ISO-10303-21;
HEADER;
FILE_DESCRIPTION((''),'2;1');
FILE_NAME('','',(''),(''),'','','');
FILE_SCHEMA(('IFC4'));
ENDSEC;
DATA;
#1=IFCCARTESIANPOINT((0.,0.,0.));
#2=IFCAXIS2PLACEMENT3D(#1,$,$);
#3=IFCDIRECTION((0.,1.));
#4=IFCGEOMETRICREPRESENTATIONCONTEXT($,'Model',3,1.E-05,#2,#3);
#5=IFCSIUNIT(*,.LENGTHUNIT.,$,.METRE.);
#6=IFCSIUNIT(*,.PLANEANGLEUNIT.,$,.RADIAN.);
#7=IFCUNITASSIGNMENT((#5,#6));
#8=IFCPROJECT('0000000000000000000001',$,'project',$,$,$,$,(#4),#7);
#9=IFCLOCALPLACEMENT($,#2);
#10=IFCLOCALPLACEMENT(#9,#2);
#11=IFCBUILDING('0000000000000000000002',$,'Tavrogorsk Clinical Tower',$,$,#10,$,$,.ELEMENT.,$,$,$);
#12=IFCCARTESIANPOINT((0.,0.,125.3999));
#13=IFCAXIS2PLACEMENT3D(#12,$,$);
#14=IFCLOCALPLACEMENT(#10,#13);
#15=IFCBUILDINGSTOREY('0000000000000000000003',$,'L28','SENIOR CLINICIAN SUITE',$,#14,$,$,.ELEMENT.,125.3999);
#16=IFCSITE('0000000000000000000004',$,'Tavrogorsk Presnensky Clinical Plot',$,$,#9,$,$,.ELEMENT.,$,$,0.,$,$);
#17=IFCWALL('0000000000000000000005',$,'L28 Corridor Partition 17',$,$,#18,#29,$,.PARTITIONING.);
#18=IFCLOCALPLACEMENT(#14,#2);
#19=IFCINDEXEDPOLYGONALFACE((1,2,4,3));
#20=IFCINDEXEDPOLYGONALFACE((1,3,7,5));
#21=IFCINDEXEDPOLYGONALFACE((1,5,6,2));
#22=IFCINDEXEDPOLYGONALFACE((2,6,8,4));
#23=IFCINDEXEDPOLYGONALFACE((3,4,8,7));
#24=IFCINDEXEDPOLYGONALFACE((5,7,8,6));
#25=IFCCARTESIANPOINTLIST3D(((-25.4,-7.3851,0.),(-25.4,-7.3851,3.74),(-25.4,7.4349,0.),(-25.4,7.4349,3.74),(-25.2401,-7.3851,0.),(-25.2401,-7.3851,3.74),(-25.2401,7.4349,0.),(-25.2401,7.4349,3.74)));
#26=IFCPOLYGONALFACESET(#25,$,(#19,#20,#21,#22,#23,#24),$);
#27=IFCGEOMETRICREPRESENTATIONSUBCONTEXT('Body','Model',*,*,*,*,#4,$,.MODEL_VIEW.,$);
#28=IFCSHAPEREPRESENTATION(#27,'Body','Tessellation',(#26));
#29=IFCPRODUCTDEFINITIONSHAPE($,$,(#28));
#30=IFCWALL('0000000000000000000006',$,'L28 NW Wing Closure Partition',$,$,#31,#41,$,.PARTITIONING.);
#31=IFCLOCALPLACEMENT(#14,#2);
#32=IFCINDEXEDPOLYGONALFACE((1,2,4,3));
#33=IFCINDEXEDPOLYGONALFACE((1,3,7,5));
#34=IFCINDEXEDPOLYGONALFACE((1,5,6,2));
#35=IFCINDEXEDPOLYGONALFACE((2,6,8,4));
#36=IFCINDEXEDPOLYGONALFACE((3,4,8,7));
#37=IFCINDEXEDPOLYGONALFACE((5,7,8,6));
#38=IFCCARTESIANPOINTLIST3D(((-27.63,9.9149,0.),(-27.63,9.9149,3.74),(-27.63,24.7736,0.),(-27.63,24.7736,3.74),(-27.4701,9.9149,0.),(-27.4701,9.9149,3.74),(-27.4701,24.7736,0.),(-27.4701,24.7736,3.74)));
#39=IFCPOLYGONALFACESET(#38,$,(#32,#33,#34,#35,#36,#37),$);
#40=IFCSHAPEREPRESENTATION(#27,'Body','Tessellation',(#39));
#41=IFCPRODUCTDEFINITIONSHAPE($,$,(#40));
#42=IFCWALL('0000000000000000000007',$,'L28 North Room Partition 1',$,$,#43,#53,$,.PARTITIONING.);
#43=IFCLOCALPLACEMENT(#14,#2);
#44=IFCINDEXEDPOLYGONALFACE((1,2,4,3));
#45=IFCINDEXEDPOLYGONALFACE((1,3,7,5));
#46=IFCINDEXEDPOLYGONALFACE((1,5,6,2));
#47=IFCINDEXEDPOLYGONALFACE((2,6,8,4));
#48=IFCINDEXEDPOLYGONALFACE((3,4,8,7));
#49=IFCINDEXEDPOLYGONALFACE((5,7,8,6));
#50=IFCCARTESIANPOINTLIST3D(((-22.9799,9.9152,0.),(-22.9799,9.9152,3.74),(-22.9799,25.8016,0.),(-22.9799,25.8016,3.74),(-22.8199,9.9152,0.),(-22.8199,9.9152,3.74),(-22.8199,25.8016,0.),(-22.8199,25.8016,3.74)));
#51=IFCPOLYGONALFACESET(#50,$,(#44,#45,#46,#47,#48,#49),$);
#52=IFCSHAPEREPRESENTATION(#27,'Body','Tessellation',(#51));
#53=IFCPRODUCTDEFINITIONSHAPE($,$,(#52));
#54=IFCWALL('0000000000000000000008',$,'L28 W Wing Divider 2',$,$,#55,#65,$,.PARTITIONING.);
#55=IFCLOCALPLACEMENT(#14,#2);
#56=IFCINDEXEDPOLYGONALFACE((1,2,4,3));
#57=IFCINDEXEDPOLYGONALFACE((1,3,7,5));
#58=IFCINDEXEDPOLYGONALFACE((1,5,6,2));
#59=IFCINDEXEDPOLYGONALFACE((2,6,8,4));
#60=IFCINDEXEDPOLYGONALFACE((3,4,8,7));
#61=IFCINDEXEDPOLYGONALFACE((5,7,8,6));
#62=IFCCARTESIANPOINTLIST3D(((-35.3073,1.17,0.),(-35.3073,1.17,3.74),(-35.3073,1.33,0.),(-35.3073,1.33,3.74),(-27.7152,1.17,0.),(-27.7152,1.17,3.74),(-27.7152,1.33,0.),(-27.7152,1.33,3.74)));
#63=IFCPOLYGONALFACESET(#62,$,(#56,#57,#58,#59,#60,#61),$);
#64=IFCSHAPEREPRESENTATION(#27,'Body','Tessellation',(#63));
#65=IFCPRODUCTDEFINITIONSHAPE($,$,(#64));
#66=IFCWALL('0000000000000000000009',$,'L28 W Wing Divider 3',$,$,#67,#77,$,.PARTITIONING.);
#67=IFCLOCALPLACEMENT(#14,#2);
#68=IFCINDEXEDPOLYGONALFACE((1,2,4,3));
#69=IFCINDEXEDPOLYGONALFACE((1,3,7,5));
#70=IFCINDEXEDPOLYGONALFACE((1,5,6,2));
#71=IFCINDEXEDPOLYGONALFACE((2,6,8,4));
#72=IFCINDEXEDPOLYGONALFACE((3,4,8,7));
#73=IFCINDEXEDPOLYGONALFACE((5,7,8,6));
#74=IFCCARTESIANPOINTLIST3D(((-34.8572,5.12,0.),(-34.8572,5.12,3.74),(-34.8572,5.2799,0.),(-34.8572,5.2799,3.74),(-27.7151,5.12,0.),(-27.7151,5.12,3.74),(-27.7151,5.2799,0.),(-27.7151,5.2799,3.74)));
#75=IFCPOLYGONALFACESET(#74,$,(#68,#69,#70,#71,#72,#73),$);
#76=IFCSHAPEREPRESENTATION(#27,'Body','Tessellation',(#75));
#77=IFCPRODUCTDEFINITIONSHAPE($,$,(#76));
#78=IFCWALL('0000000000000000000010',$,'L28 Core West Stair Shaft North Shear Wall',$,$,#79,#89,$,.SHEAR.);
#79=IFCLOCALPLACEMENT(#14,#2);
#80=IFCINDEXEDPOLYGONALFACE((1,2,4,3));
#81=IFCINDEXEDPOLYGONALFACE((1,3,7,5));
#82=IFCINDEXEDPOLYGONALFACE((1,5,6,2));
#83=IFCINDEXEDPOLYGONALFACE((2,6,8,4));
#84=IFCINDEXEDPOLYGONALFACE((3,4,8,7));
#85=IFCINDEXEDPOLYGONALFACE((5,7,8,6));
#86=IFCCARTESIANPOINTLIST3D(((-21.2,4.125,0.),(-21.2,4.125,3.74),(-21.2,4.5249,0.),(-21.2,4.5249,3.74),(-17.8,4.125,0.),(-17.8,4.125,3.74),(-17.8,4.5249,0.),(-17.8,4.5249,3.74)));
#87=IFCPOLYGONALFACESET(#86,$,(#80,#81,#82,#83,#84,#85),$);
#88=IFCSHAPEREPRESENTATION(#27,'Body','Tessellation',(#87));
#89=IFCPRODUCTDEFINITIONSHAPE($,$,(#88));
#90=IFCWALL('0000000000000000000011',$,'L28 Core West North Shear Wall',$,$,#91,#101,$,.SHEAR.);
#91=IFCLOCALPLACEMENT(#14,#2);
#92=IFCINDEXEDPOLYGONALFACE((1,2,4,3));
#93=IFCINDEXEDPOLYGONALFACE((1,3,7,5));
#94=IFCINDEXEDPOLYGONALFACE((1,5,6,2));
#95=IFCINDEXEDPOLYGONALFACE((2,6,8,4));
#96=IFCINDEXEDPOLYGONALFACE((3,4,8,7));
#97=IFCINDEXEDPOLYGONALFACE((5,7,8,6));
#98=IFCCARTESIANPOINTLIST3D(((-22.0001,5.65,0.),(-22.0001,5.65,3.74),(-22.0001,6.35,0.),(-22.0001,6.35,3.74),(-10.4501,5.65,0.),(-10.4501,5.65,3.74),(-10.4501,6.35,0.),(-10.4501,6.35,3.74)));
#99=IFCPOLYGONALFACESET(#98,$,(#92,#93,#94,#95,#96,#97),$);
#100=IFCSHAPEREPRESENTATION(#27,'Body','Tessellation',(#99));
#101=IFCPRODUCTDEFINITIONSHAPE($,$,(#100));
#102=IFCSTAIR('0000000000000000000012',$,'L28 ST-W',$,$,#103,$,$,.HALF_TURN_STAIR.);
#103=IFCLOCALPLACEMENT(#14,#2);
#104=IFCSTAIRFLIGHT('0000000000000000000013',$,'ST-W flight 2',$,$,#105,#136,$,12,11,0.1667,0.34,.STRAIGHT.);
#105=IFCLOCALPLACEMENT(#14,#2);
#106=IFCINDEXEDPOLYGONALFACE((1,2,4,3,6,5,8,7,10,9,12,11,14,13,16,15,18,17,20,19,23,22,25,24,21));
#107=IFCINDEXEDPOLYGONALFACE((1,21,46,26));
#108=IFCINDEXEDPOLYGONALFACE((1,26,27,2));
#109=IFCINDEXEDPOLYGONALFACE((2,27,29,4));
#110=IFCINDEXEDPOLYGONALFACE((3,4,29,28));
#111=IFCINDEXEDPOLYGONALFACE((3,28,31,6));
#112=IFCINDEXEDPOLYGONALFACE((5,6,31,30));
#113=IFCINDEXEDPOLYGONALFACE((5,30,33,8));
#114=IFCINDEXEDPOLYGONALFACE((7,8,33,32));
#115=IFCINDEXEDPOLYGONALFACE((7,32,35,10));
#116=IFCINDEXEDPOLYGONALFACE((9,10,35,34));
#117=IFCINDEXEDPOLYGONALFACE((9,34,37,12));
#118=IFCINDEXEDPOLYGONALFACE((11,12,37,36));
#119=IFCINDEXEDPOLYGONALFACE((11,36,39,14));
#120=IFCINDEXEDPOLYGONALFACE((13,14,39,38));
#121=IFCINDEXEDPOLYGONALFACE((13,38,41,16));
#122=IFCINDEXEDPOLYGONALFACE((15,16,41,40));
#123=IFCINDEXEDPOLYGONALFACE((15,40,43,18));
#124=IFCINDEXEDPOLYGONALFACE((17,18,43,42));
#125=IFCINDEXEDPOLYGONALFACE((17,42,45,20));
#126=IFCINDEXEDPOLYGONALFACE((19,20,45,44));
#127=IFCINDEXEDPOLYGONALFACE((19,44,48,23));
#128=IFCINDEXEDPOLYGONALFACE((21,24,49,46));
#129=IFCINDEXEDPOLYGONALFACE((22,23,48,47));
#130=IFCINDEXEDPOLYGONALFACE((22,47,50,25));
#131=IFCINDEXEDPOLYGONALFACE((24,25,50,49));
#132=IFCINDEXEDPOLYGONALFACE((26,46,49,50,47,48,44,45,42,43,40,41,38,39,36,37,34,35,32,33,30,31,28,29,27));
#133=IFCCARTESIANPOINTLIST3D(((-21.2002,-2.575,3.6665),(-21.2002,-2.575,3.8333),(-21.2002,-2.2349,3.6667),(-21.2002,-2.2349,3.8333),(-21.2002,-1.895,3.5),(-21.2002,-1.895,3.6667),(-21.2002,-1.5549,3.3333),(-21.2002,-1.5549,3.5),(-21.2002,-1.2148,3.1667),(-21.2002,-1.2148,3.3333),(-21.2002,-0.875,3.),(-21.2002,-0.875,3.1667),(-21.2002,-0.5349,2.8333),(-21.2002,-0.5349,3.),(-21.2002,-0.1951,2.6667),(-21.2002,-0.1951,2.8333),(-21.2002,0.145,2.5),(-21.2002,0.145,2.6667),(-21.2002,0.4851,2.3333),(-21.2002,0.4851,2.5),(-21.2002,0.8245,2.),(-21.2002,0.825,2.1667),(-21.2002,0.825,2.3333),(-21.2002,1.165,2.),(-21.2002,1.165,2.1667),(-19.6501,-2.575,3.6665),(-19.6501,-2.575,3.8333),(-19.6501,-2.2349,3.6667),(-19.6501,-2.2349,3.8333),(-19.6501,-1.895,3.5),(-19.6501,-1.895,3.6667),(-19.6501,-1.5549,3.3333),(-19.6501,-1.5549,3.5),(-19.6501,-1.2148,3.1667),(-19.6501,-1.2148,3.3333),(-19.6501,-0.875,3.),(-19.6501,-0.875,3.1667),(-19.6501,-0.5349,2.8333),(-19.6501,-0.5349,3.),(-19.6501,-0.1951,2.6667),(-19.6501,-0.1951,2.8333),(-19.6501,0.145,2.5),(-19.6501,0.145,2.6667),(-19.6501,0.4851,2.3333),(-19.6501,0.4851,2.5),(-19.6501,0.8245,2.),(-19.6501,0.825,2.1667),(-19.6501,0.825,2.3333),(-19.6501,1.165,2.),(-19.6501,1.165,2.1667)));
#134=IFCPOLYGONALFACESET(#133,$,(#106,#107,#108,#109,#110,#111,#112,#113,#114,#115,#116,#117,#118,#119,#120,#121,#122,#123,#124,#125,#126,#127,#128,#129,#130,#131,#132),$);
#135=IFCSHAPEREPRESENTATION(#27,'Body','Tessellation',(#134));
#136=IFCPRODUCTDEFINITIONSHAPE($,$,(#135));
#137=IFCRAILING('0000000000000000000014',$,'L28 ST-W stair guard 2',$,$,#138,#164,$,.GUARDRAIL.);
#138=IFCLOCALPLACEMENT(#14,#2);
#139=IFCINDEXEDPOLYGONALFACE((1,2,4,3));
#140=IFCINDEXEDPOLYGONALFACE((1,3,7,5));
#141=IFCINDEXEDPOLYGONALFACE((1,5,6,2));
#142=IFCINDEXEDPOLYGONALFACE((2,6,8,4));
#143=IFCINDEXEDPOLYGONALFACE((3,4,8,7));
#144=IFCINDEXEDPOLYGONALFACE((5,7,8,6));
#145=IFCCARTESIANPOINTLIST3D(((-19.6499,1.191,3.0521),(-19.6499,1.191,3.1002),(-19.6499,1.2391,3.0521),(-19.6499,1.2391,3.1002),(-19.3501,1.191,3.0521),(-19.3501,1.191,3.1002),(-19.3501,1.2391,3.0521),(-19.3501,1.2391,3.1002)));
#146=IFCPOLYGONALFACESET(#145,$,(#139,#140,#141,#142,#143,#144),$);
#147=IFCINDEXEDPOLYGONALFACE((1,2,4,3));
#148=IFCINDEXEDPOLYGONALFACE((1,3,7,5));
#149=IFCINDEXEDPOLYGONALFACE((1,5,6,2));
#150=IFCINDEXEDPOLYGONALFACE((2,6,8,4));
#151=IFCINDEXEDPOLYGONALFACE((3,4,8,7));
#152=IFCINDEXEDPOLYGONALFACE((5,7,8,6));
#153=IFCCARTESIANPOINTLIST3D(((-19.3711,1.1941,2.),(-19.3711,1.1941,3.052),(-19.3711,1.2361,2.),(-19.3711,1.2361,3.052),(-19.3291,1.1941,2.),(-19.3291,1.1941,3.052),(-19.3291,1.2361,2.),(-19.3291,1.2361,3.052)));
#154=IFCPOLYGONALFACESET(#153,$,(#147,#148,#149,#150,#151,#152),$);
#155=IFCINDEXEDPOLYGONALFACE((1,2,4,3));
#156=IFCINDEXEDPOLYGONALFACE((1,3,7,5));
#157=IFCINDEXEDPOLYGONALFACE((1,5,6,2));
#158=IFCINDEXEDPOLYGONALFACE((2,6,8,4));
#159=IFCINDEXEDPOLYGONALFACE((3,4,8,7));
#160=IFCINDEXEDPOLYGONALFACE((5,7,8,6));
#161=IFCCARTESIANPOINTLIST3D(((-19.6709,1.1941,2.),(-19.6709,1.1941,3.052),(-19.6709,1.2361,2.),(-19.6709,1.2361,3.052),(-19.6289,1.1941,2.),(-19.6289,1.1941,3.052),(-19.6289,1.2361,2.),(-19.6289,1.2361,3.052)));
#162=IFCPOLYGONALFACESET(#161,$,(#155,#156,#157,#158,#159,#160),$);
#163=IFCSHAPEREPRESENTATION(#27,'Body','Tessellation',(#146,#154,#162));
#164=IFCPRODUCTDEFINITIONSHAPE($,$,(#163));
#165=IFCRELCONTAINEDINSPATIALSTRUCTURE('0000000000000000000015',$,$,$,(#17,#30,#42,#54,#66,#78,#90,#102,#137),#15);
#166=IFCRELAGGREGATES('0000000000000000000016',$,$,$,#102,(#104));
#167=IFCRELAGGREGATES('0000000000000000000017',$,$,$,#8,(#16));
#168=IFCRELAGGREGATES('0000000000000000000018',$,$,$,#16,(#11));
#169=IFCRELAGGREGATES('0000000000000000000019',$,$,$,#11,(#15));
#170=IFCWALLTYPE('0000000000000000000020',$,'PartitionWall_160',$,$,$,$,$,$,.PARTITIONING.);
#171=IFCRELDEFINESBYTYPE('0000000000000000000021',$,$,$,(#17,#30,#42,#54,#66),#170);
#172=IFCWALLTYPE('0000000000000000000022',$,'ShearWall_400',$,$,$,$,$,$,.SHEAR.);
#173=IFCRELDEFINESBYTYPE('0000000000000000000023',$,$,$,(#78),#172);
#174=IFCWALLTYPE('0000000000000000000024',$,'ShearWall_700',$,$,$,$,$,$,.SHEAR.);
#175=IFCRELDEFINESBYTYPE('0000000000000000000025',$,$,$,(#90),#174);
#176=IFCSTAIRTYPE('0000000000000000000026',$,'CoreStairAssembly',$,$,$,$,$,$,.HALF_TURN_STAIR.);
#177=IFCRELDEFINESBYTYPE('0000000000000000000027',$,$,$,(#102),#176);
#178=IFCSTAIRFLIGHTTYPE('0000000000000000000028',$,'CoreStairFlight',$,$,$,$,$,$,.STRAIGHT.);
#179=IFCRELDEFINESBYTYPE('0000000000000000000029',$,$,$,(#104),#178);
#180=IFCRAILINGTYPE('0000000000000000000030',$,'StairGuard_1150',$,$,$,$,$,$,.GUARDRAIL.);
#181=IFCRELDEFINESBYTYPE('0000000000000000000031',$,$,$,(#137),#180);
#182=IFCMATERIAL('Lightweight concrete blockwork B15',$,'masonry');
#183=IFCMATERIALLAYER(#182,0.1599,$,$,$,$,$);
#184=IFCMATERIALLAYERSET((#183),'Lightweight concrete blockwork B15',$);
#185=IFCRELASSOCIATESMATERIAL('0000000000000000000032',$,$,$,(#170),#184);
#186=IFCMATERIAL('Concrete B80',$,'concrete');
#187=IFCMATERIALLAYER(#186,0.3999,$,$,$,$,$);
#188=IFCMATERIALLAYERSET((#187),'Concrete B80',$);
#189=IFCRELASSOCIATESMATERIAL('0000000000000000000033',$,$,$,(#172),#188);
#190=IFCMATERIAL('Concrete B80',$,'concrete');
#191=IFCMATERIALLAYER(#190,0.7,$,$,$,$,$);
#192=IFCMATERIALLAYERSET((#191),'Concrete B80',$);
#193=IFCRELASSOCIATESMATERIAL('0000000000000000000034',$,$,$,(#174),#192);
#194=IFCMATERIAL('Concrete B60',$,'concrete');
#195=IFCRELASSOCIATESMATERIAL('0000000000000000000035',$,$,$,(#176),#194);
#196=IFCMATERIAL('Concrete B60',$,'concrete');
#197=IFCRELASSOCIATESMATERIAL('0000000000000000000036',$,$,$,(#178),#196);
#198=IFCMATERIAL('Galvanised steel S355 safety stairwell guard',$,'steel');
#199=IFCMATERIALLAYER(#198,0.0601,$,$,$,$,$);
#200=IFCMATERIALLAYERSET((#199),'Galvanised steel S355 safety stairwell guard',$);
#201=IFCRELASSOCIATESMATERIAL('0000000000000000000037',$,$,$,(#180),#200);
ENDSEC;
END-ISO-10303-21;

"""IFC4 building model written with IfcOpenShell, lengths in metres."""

from ifc_helpers import new_model, si_unit, direction, frame, frame_2d, origin, origin_2d, place, context, subcontext, project, spatial, polyline, rectangle, outline, extrude, material, layer, layer_set, type_object, element, aggregate, save


model = new_model("IFC4")

# Units and contexts
model_context = context("Model", 3, precision=1e-05, world=origin(), true_north=direction((0.0, 1.0)))
body_context = subcontext(model_context, "Body", "Model", "MODEL_VIEW")
ifc_project = project(units=[si_unit("LENGTHUNIT", "METRE"), si_unit("PLANEANGLEUNIT", "RADIAN")], contexts=[model_context])

# Site, building, storey
site_placement = place(None, origin())
site = spatial("IfcSite", under=ifc_project, at=site_placement, Name="Tavrogorsk Presnensky Clinical Plot", CompositionType="ELEMENT", RefElevation=0.0)
building_placement = place(site_placement, origin())
building = spatial("IfcBuilding", under=site, at=building_placement, Name="Tavrogorsk Clinical Tower", CompositionType="ELEMENT")
storey_placement = place(building_placement, frame((0.0, 0.0, 125.3999)))
storey = spatial("IfcBuildingStorey", under=building, at=storey_placement, Name="L28", Description="SENIOR CLINICIAN SUITE", CompositionType="ELEMENT", Elevation=125.3999)

# Shared definitions
ifc_material_1 = material(Name="Lightweight concrete blockwork B15", Category="masonry")
ifc_layer_1 = layer(ifc_material_1, 0.1599)
ifc_layer_set_1 = layer_set([ifc_layer_1], Name="Lightweight concrete blockwork B15")
wall_type_1 = type_object("IfcWallType", Name="PartitionWall_160", PredefinedType="PARTITIONING", material=ifc_layer_set_1)

# Walls
wall_1_placement = place(storey_placement, frame((-25.3201, 7.4351, 0.0), z_axis=(0.0, 0.0, 1.0), x_axis=(0.0, -1.0, 0.0)))
element("IfcWall", 1, at=wall_1_placement, inside=storey, type_object=wall_type_1, Name="L28 Corridor Partition 17", PredefinedType="PARTITIONING", context=body_context, shape_type="SweptSolid", body=[
    extrude(rectangle(XDim=14.8201, YDim=0.1599, at=frame_2d((7.4102, 0.0))), origin(), (0.0, 0.0, 1.0), 3.74),
])
wall_2_placement = place(storey_placement, frame((-27.55, 9.915, 0.0), z_axis=(0.0, 0.0, 1.0), x_axis=(0.0, 1.0, 0.0)))
element("IfcWall", 2, at=wall_2_placement, inside=storey, type_object=wall_type_1, Name="L28 NW Wing Closure Partition", PredefinedType="PARTITIONING", context=body_context, shape_type="SweptSolid", body=[
    extrude(rectangle(XDim=14.8586, YDim=0.1599, at=frame_2d((7.4292, 0.0))), origin(), (0.0, 0.0, 1.0), 3.74),
])
wall_3_placement = place(storey_placement, frame((-22.8999, 9.915, 0.0), z_axis=(0.0, 0.0, 1.0), x_axis=(0.0, 1.0, 0.0)))
element("IfcWall", 3, at=wall_3_placement, inside=storey, type_object=wall_type_1, Name="L28 North Room Partition 1", PredefinedType="PARTITIONING", context=body_context, shape_type="SweptSolid", body=[
    extrude(rectangle(XDim=15.8865, YDim=0.1599, at=frame_2d((7.9434, 0.0))), origin(), (0.0, 0.0, 1.0), 3.74),
])
wall_4_placement = place(storey_placement, frame((-35.3071, 1.25, 0.0), z_axis=(0.0, 0.0, 1.0), x_axis=(1.0, 0.0, 0.0)))
element("IfcWall", 4, at=wall_4_placement, inside=storey, type_object=wall_type_1, Name="L28 W Wing Divider 2", PredefinedType="PARTITIONING", context=body_context, shape_type="SweptSolid", body=[
    extrude(rectangle(XDim=7.592, YDim=0.1599, at=frame_2d((3.7959, 0.0))), origin(), (0.0, 0.0, 1.0), 3.74),
])
wall_5_placement = place(storey_placement, frame((-34.8572, 5.2, 0.0), z_axis=(0.0, 0.0, 1.0), x_axis=(1.0, 0.0, 0.0)))
element("IfcWall", 5, at=wall_5_placement, inside=storey, type_object=wall_type_1, Name="L28 W Wing Divider 3", PredefinedType="PARTITIONING", context=body_context, shape_type="SweptSolid", body=[
    extrude(rectangle(XDim=7.1421, YDim=0.1599, at=frame_2d((3.571, 0.0))), origin(), (0.0, 0.0, 1.0), 3.74),
])
ifc_material_2 = material(Name="Concrete B80", Category="concrete")
ifc_layer_2 = layer(ifc_material_2, 0.3999)
ifc_layer_set_2 = layer_set([ifc_layer_2], Name="Concrete B80")
wall_type_2 = type_object("IfcWallType", Name="ShearWall_400", PredefinedType="SHEAR", material=ifc_layer_set_2)
wall_6_placement = place(storey_placement, frame((-21.2, 4.325, 0.0), z_axis=(0.0, 0.0, 1.0), x_axis=(1.0, 0.0, 0.0)))
element("IfcWall", 6, at=wall_6_placement, inside=storey, type_object=wall_type_2, Name="L28 Core West Stair Shaft North Shear Wall", PredefinedType="SHEAR", context=body_context, shape_type="SweptSolid", body=[
    extrude(rectangle(XDim=3.3999, YDim=0.3999, at=frame_2d((1.7, 0.0))), origin(), (0.0, 0.0, 1.0), 3.74),
])
ifc_material_3 = material(Name="Concrete B80", Category="concrete")
ifc_layer_3 = layer(ifc_material_3, 0.7)
ifc_layer_set_3 = layer_set([ifc_layer_3], Name="Concrete B80")
wall_type_3 = type_object("IfcWallType", Name="ShearWall_700", PredefinedType="SHEAR", material=ifc_layer_set_3)
wall_7_placement = place(storey_placement, frame((-22.0, 6.0, 0.0), z_axis=(0.0, 0.0, 1.0), x_axis=(1.0, 0.0, 0.0)))
element("IfcWall", 7, at=wall_7_placement, inside=storey, type_object=wall_type_3, Name="L28 Core West North Shear Wall", PredefinedType="SHEAR", context=body_context, shape_type="SweptSolid", body=[
    extrude(rectangle(XDim=11.55, YDim=0.7, at=frame_2d((5.7749, 0.0))), origin(), (0.0, 0.0, 1.0), 3.74),
])

# Stair, stair flight
ifc_material_4 = material(Name="Concrete B60", Category="concrete")
stair_type = type_object("IfcStairType", Name="CoreStairAssembly", PredefinedType="HALF_TURN_STAIR", material=ifc_material_4)
stair_placement = place(storey_placement, origin())
stair = element("IfcStair", 8, at=stair_placement, inside=storey, type_object=stair_type, Name="L28 ST-W", PredefinedType="HALF_TURN_STAIR")
ifc_material_5 = material(Name="Concrete B60", Category="concrete")
stair_flight_type = type_object("IfcStairFlightType", Name="CoreStairFlight", PredefinedType="STRAIGHT", material=ifc_material_5)
stair_flight_placement = place(storey_placement, frame((-20.425, 1.165, 2.0), z_axis=(0.0, 0.0, 1.0), x_axis=(0.0, -1.0, 0.0)))
stair_flight = element("IfcStairFlight", 9, at=stair_flight_placement, type_object=stair_flight_type, Name="ST-W flight 2", NumberOfRisers=12, NumberOfTreads=11, PredefinedType="STRAIGHT", RiserHeight=0.1667, TreadLength=0.34, context=body_context, shape_type="SweptSolid", body=[
    extrude(outline(polyline([(0.0, 0.0), (0.0, 0.1667), (0.3401, 0.1667), (0.3401, 0.3333), (0.6799, 0.3333), (0.6799, 0.5), (1.02, 0.5), (1.02, 0.6667), (1.3601, 0.6667), (1.3601, 0.8333), (1.7, 0.8333), (1.7, 1.0), (2.04, 1.0), (2.04, 1.1667), (2.3799, 1.1667), (2.3799, 1.3333), (2.72, 1.3333), (2.72, 1.5), (3.0601, 1.5), (3.0601, 1.6667), (3.3999, 1.6667), (3.3999, 1.8333), (3.74, 1.8333), (3.74, 2.0), (3.74, 1.6665), (0.3406, 0.0), (0.0, 0.0)])), frame((0.0, 0.7749, 0.0), z_axis=(0.0, -1.0, 0.0), x_axis=(1.0, 0.0, 0.0)), (0.0, 0.0, 1.0), 1.55),
])
aggregate(stair, [stair_flight])

# Railing
ifc_material_6 = material(Name="Galvanised steel S355 safety stairwell guard", Category="steel")
ifc_layer_4 = layer(ifc_material_6, 0.0601)
ifc_layer_set_4 = layer_set([ifc_layer_4], Name="Galvanised steel S355 safety stairwell guard")
railing_type_1 = type_object("IfcRailingType", Name="StairGuard_1150", PredefinedType="GUARDRAIL", material=ifc_layer_set_4)
railing_1_placement = place(storey_placement, frame((-19.3501, 1.2151, 2.0)))
element("IfcRailing", 10, at=railing_1_placement, inside=storey, type_object=railing_type_1, Name="L28 ST-W stair guard 2", PredefinedType="GUARDRAIL", context=body_context, shape_type="SweptSolid", body=[
    extrude(rectangle(XDim=0.0481, YDim=0.0481, at=origin_2d()), frame((0.0, 0.0, 1.0762), z_axis=(-1.0, 0.0, 0.0), x_axis=(0.0, -1.0, 0.0)), (0.0, 0.0, 1.0), 0.2998),
    extrude(rectangle(XDim=0.042, YDim=0.042, at=origin_2d()), origin(), (0.0, 0.0, 1.0), 1.052),
    extrude(rectangle(XDim=0.042, YDim=0.042, at=origin_2d()), frame((-0.2998, 0.0, 0.0)), (0.0, 0.0, 1.0), 1.052),
])

save(model, "model.ifc")
